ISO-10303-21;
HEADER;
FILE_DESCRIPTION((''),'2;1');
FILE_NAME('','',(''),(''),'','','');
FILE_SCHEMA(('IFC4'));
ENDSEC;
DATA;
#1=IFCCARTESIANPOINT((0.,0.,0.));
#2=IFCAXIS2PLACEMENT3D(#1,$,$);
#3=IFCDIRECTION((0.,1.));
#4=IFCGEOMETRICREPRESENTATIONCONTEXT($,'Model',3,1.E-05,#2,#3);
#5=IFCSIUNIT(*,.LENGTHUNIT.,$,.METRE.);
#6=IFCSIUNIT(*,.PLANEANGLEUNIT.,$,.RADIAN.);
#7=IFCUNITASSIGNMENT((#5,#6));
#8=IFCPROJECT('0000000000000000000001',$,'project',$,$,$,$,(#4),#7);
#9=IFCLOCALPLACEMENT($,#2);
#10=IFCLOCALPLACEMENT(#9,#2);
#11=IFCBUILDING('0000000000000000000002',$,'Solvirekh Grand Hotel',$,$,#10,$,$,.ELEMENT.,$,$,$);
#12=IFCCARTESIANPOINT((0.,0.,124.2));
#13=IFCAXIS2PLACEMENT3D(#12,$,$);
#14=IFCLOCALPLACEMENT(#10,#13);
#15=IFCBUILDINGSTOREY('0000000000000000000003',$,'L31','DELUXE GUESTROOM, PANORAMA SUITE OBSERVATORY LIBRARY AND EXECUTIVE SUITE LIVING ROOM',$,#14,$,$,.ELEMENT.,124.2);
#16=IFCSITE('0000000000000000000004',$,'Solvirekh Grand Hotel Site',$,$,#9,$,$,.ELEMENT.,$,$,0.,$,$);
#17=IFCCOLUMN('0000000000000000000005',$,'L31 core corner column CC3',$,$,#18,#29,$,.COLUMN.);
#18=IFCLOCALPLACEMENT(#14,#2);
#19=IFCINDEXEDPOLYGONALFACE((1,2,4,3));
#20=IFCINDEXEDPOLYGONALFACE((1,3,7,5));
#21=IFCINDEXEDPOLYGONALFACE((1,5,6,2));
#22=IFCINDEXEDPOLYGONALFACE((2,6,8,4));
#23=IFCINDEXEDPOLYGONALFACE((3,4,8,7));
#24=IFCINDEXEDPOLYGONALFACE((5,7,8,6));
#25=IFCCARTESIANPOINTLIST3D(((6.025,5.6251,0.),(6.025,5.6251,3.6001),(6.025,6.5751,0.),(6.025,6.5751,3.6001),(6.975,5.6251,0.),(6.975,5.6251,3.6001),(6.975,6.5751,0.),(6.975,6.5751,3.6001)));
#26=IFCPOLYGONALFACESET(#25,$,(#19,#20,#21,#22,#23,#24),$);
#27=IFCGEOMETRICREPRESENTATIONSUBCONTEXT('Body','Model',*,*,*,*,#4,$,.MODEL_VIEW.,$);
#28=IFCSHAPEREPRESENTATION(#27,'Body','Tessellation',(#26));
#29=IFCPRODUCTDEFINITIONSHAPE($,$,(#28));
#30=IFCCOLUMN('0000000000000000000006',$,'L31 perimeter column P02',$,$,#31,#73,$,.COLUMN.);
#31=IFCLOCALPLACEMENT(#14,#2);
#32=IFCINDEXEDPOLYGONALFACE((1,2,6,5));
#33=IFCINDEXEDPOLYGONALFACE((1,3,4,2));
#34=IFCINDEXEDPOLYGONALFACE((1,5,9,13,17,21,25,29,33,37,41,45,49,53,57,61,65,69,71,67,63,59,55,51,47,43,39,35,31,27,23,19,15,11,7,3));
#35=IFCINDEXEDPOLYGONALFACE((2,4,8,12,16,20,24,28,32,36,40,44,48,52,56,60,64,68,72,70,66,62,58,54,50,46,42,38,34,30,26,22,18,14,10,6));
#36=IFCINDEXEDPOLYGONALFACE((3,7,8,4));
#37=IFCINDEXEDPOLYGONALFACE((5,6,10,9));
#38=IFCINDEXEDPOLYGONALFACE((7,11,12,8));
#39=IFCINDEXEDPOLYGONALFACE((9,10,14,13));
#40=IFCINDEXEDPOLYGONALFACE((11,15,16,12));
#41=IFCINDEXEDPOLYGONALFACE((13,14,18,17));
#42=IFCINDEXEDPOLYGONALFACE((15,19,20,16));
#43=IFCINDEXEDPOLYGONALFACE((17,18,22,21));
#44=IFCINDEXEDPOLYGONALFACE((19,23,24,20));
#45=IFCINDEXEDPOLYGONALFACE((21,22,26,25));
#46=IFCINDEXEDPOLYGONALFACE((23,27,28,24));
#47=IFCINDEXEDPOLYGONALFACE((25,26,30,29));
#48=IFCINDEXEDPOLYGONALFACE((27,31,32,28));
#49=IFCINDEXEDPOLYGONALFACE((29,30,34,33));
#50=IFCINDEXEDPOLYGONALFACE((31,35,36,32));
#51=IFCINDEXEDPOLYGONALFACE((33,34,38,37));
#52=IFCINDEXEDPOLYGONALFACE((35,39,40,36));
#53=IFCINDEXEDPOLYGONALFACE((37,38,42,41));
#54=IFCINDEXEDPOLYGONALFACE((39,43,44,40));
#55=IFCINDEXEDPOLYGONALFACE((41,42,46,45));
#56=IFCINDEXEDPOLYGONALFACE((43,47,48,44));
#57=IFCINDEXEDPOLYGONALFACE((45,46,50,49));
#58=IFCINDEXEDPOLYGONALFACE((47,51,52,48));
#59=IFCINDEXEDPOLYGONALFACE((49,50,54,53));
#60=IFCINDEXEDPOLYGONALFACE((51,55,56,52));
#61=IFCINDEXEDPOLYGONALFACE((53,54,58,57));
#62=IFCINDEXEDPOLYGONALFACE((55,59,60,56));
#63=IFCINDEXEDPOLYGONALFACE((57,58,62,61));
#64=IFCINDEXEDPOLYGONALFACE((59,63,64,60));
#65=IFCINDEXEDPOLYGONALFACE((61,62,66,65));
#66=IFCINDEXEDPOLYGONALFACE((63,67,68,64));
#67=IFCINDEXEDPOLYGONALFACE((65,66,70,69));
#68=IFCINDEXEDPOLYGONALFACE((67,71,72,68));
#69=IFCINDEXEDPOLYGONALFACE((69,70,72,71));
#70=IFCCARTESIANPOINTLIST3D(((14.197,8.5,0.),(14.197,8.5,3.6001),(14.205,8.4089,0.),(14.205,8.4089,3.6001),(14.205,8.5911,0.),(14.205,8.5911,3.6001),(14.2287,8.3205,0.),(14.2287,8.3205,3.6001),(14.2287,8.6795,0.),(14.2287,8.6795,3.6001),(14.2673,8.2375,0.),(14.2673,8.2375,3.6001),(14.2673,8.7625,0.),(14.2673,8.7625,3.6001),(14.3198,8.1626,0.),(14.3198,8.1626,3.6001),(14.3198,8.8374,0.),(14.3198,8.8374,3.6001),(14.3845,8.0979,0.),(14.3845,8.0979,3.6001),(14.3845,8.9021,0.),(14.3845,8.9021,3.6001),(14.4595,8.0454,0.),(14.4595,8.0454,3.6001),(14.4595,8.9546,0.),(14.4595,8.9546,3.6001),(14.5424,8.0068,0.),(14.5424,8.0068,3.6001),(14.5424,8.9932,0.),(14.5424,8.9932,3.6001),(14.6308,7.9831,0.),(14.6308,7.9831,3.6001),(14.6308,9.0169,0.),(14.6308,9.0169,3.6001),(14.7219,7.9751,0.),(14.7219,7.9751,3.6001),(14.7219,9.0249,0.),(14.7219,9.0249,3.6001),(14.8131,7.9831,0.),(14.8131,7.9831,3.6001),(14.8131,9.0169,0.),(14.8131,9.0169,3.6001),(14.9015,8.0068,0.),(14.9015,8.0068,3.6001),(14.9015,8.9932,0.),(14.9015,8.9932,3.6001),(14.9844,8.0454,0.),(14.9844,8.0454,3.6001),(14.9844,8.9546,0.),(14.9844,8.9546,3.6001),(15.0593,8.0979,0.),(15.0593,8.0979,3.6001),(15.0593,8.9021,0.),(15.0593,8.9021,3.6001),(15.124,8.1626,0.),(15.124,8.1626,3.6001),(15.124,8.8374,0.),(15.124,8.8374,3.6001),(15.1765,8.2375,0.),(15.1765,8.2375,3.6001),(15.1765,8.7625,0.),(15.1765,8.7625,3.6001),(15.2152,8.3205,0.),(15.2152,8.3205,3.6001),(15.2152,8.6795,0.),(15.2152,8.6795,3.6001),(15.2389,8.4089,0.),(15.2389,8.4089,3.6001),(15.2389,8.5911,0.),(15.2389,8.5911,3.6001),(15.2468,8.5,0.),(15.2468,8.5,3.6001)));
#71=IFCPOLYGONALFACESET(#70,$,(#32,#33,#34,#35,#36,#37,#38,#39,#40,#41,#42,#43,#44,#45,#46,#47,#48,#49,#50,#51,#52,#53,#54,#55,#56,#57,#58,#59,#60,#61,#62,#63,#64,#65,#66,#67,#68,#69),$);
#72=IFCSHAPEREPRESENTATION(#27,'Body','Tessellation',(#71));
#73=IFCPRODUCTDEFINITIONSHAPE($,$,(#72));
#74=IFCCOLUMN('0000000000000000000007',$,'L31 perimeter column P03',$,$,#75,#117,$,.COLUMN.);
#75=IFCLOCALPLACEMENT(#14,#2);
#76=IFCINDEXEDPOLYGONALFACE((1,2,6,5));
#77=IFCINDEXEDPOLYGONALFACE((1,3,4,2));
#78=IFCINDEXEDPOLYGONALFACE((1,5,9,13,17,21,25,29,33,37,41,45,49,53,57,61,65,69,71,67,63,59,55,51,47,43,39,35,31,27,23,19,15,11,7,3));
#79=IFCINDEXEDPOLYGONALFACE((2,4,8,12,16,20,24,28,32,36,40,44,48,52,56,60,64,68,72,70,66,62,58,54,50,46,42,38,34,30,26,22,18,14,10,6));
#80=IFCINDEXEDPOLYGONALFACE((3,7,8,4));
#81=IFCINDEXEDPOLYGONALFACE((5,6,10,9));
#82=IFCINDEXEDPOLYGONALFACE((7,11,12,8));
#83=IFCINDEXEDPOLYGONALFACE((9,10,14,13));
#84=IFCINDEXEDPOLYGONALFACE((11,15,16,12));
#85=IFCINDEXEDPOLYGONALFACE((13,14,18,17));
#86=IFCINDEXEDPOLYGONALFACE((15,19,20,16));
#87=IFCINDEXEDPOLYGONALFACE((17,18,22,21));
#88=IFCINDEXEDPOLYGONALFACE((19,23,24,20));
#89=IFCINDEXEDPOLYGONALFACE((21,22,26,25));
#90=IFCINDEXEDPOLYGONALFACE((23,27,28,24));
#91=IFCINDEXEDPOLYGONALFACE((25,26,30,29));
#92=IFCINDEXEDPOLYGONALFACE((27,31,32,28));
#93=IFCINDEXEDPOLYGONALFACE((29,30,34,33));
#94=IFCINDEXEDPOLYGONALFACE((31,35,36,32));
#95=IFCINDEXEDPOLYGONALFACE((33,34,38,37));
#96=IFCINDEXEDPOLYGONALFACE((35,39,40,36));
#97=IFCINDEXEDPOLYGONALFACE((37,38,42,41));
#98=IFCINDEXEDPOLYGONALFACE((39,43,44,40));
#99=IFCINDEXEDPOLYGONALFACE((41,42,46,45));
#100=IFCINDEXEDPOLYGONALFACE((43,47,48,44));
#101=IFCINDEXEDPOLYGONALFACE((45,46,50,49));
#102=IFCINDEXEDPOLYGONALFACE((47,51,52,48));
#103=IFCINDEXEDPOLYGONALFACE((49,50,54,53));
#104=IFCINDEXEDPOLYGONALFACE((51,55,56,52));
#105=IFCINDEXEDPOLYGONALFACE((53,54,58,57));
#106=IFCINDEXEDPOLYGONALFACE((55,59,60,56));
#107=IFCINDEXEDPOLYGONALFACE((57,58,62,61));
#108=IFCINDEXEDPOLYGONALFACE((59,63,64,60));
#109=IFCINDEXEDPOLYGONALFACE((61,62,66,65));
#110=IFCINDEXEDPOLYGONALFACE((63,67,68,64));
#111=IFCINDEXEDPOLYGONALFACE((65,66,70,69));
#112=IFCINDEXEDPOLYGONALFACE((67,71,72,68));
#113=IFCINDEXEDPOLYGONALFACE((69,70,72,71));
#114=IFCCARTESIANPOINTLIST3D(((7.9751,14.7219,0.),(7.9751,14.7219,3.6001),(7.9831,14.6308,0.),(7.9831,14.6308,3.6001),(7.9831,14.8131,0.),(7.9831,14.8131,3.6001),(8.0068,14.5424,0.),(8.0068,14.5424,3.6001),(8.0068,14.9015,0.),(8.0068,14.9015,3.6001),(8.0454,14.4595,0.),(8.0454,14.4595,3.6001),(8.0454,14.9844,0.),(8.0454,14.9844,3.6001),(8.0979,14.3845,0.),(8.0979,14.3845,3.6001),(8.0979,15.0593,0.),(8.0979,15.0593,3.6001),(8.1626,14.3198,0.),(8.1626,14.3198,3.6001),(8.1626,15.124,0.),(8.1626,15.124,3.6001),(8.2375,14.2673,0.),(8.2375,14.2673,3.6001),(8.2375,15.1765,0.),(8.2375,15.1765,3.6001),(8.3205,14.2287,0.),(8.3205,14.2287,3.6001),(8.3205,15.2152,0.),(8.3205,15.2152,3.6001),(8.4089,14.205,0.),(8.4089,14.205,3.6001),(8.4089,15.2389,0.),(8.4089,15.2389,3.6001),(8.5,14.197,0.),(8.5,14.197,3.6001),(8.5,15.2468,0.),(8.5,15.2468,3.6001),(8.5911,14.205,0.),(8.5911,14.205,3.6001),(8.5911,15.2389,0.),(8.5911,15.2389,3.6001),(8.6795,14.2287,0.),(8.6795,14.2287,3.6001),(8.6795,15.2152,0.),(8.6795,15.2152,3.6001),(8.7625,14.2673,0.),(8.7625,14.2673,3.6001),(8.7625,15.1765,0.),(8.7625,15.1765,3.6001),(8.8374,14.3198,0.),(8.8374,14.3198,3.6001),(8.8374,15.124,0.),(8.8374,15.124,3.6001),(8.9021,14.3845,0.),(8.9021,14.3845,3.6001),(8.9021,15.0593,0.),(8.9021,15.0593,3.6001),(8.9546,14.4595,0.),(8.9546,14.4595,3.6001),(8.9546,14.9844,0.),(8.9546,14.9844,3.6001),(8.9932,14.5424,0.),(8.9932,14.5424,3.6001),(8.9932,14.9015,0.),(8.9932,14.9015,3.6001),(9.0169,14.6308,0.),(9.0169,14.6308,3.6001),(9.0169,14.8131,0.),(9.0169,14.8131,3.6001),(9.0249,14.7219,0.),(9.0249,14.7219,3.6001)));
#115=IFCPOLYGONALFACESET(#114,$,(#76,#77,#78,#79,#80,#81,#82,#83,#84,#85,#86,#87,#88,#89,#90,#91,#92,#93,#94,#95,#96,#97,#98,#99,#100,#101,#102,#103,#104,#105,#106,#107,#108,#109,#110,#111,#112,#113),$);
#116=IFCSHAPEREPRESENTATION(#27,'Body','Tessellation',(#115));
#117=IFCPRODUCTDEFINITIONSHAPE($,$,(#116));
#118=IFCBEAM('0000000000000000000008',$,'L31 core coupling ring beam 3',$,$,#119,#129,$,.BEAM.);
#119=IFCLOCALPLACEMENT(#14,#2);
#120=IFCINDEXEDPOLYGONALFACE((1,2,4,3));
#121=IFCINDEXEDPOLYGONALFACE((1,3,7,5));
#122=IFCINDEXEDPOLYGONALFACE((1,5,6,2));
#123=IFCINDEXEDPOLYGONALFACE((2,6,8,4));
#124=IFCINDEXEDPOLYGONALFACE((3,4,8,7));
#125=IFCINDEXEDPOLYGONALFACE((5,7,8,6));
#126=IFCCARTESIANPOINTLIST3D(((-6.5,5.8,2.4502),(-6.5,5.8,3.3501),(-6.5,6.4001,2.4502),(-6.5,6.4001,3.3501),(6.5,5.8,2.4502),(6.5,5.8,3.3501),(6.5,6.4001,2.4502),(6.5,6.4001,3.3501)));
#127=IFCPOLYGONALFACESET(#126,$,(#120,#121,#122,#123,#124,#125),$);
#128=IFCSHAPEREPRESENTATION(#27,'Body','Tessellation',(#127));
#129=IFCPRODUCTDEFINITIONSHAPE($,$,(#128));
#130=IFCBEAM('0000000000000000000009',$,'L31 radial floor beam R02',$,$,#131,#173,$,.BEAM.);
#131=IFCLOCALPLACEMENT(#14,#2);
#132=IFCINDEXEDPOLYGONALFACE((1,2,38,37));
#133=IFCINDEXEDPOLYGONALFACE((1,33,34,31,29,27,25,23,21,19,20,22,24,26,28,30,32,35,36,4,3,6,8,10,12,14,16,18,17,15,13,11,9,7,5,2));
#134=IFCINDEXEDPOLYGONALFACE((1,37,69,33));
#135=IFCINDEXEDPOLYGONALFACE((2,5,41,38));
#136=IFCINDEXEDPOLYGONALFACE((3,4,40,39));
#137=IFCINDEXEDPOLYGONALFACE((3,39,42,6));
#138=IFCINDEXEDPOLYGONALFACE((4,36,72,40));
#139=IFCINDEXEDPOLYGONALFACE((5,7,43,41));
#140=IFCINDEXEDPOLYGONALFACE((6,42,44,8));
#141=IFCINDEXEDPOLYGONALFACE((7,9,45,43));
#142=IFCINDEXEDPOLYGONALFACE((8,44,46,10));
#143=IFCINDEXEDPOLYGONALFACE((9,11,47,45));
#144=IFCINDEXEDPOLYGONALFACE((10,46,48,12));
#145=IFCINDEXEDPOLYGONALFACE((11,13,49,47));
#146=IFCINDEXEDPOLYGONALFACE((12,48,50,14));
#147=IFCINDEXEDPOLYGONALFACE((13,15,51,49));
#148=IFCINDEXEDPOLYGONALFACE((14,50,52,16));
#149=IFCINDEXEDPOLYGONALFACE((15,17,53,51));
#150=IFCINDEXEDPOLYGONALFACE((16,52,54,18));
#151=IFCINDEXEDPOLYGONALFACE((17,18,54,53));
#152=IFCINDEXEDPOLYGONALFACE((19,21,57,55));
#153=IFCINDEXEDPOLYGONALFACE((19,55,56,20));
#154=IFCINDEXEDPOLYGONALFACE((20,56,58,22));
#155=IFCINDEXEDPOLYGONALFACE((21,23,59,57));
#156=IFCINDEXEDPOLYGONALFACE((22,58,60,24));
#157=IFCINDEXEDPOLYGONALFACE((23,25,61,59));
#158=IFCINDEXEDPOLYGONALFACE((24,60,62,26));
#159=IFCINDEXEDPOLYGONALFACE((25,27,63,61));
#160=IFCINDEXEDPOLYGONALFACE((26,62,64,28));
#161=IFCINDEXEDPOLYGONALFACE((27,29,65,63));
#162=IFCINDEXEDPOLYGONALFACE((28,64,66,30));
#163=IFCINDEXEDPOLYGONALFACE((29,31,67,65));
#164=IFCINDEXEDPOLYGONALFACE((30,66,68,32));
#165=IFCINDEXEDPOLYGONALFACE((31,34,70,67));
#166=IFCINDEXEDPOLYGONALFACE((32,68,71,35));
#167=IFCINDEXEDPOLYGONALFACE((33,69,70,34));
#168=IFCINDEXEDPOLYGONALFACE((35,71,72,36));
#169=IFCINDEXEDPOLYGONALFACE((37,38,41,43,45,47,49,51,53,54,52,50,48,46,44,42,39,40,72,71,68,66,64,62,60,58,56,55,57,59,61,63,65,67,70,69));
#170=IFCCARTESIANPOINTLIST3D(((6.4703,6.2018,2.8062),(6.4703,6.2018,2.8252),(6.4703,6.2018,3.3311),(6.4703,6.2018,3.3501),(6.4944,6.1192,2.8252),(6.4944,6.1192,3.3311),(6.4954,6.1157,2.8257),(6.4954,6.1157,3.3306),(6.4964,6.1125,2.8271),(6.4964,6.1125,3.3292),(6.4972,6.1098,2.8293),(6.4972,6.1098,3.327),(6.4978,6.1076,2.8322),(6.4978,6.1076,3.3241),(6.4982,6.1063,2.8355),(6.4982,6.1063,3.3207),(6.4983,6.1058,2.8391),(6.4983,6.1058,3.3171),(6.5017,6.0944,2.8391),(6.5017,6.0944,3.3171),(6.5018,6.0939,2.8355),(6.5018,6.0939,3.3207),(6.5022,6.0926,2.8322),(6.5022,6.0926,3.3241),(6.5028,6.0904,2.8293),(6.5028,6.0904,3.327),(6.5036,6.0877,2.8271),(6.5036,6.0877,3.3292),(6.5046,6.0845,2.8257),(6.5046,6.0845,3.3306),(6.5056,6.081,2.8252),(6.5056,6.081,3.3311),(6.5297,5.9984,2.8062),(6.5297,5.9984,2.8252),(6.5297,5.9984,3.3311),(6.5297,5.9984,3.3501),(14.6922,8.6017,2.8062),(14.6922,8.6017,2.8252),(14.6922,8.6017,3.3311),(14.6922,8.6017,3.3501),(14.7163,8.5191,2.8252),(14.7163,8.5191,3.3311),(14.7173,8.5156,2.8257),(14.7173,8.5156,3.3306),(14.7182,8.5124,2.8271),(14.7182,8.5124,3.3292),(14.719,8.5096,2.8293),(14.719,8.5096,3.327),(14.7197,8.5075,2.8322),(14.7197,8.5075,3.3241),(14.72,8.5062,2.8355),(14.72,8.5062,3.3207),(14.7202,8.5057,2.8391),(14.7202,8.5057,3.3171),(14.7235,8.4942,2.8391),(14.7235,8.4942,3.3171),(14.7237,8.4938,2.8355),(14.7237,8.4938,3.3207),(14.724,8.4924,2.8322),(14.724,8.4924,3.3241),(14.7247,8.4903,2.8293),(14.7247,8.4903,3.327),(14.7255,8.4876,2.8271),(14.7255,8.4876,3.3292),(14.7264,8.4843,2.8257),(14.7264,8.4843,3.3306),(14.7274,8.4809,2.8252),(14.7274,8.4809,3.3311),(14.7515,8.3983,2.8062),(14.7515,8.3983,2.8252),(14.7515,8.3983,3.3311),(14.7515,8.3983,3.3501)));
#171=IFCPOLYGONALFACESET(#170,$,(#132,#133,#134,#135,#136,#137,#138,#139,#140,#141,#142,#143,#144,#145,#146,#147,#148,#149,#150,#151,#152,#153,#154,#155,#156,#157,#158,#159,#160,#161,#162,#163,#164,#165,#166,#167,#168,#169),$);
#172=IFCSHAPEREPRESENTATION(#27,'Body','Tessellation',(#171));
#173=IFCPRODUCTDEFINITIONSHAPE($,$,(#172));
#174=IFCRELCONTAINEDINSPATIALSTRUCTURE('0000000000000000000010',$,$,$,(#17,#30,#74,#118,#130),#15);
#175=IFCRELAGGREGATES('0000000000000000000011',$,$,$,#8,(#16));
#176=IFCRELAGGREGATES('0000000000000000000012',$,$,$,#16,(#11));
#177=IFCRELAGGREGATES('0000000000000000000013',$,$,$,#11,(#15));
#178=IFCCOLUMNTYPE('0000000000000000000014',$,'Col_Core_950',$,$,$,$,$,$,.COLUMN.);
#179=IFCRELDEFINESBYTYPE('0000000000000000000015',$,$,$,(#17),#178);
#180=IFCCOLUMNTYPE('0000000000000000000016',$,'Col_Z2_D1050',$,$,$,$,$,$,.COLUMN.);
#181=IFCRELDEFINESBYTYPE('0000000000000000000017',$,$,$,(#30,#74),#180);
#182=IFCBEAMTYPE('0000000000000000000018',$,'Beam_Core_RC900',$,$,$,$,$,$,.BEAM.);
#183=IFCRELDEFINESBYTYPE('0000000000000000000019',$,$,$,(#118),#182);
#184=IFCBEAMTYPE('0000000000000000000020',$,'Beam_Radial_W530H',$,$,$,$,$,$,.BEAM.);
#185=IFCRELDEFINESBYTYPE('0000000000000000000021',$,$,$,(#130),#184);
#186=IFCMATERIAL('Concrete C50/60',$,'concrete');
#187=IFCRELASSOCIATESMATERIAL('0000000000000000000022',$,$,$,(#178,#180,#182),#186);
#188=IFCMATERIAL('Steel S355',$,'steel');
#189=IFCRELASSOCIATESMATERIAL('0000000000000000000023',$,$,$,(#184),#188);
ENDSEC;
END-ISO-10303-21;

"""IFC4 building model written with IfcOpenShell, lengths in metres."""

from ifc_helpers import new_model, si_unit, direction, frame, origin, origin_2d, place, context, subcontext, project, spatial, rectangle, circle, i_section, extrude, material, material_profile, profile_set, type_object, element, save


model = new_model("IFC4")

# Units and contexts
model_context = context("Model", 3, precision=1e-05, world=origin(), true_north=direction((0.0, 1.0)))
body_context = subcontext(model_context, "Body", "Model", "MODEL_VIEW")
ifc_project = project(units=[si_unit("LENGTHUNIT", "METRE"), si_unit("PLANEANGLEUNIT", "RADIAN")], contexts=[model_context])

# Site, building, storey
site_placement = place(None, origin())
site = spatial("IfcSite", under=ifc_project, at=site_placement, Name="Solvirekh Grand Hotel Site", CompositionType="ELEMENT", RefElevation=0.0)
building_placement = place(site_placement, origin())
building = spatial("IfcBuilding", under=site, at=building_placement, Name="Solvirekh Grand Hotel", CompositionType="ELEMENT")
storey_placement = place(building_placement, frame((0.0, 0.0, 124.2)))
storey = spatial("IfcBuildingStorey", under=building, at=storey_placement, Name="L31", Description="DELUXE GUESTROOM, PANORAMA SUITE OBSERVATORY LIBRARY AND EXECUTIVE SUITE LIVING ROOM", CompositionType="ELEMENT", Elevation=124.2)

# Columns
ifc_material_1 = material(Name="Concrete C50/60", Category="concrete")
ifc_material_profile_1 = material_profile(ifc_material_1, rectangle(XDim=0.95, YDim=0.95, at=origin_2d()), Name="RC 950X950")
ifc_profile_set_1 = profile_set([ifc_material_profile_1], Name="Concrete C50/60")
column_type_1 = type_object("IfcColumnType", Name="Col_Core_950", PredefinedType="COLUMN", material=ifc_profile_set_1)
column_placement = place(storey_placement, frame((6.5, 6.1001, 0.0), z_axis=(0.0, 0.0, 1.0), x_axis=(1.0, 0.0, 0.0)))
element("IfcColumn", 1, at=column_placement, inside=storey, type_object=column_type_1, Name="L31 core corner column CC3", PredefinedType="COLUMN", context=body_context, shape_type="SweptSolid", body=[
    extrude(rectangle(XDim=0.95, YDim=0.95, at=origin_2d()), origin(), (0.0, 0.0, 1.0), 3.6001),
])
ifc_material_profile_2 = material_profile(ifc_material_1, circle(Radius=0.5249, at=origin_2d()), Name="RC CIRC D1050")
ifc_profile_set_2 = profile_set([ifc_material_profile_2], Name="Concrete C50/60")
column_type_2 = type_object("IfcColumnType", Name="Col_Z2_D1050", PredefinedType="COLUMN", material=ifc_profile_set_2)
for number, where, z_axis, x_axis, name in (
    (2, (14.7219, 8.5, 0.0), (0.0, 0.0, 1.0), (1.0, 0.0, 0.0), "L31 perimeter column P02"),
    (3, (8.5, 14.7219, 0.0), (0.0, 0.0, 1.0), (1.0, 0.0, 0.0), "L31 perimeter column P03"),
):
    element("IfcColumn", number, at=place(storey_placement, frame(where, z_axis=z_axis, x_axis=x_axis)), inside=storey, type_object=column_type_2, Name=name, PredefinedType="COLUMN", context=body_context, shape_type="SweptSolid", body=[
        extrude(circle(Radius=0.5249, at=origin_2d()), origin(), (0.0, 0.0, 1.0), 3.6001),
    ])

# Beams
ifc_material_profile_3 = material_profile(ifc_material_1, rectangle(XDim=0.6001, YDim=0.8999, at=origin_2d()), Name="RC BEAM 600X900")
ifc_profile_set_3 = profile_set([ifc_material_profile_3], Name="Concrete C50/60")
beam_type_1 = type_object("IfcBeamType", Name="Beam_Core_RC900", PredefinedType="BEAM", material=ifc_profile_set_3)
beam_1_placement = place(storey_placement, frame((6.5, 6.1001, 2.9001), z_axis=(-1.0, 0.0, 0.0), x_axis=(0.0, -1.0, 0.0)))
element("IfcBeam", 4, at=beam_1_placement, inside=storey, type_object=beam_type_1, Name="L31 core coupling ring beam 3", PredefinedType="BEAM", context=body_context, shape_type="SweptSolid", body=[
    extrude(rectangle(XDim=0.6001, YDim=0.8999, at=origin_2d()), origin(), (0.0, 0.0, 1.0), 13.0),
])
ifc_material_2 = material(Name="Steel S355", Category="steel")
ifc_material_profile_4 = material_profile(ifc_material_2, i_section(OverallWidth=0.2119, OverallDepth=0.5439, WebThickness=0.012, FlangeThickness=0.019, FilletRadius=0.0139, at=origin_2d()), Name="W530X123")
ifc_profile_set_4 = profile_set([ifc_material_profile_4], Name="Steel S355")
beam_type_2 = type_object("IfcBeamType", Name="Beam_Radial_W530H", PredefinedType="BEAM", material=ifc_profile_set_4)
beam_2_placement = place(storey_placement, frame((6.5, 6.1001, 3.0781), z_axis=(0.959942, 0.280198, 0.0), x_axis=(-0.280198, 0.959942, 0.0)))
element("IfcBeam", 5, at=beam_2_placement, inside=storey, type_object=beam_type_2, Name="L31 radial floor beam R02", PredefinedType="BEAM", context=body_context, shape_type="SweptSolid", body=[
    extrude(i_section(OverallWidth=0.2119, OverallDepth=0.5439, WebThickness=0.012, FlangeThickness=0.019, FilletRadius=0.0139, at=origin_2d()), origin(), (0.0, 0.0, 1.0), 8.5649),
])

save(model, "model.ifc")
